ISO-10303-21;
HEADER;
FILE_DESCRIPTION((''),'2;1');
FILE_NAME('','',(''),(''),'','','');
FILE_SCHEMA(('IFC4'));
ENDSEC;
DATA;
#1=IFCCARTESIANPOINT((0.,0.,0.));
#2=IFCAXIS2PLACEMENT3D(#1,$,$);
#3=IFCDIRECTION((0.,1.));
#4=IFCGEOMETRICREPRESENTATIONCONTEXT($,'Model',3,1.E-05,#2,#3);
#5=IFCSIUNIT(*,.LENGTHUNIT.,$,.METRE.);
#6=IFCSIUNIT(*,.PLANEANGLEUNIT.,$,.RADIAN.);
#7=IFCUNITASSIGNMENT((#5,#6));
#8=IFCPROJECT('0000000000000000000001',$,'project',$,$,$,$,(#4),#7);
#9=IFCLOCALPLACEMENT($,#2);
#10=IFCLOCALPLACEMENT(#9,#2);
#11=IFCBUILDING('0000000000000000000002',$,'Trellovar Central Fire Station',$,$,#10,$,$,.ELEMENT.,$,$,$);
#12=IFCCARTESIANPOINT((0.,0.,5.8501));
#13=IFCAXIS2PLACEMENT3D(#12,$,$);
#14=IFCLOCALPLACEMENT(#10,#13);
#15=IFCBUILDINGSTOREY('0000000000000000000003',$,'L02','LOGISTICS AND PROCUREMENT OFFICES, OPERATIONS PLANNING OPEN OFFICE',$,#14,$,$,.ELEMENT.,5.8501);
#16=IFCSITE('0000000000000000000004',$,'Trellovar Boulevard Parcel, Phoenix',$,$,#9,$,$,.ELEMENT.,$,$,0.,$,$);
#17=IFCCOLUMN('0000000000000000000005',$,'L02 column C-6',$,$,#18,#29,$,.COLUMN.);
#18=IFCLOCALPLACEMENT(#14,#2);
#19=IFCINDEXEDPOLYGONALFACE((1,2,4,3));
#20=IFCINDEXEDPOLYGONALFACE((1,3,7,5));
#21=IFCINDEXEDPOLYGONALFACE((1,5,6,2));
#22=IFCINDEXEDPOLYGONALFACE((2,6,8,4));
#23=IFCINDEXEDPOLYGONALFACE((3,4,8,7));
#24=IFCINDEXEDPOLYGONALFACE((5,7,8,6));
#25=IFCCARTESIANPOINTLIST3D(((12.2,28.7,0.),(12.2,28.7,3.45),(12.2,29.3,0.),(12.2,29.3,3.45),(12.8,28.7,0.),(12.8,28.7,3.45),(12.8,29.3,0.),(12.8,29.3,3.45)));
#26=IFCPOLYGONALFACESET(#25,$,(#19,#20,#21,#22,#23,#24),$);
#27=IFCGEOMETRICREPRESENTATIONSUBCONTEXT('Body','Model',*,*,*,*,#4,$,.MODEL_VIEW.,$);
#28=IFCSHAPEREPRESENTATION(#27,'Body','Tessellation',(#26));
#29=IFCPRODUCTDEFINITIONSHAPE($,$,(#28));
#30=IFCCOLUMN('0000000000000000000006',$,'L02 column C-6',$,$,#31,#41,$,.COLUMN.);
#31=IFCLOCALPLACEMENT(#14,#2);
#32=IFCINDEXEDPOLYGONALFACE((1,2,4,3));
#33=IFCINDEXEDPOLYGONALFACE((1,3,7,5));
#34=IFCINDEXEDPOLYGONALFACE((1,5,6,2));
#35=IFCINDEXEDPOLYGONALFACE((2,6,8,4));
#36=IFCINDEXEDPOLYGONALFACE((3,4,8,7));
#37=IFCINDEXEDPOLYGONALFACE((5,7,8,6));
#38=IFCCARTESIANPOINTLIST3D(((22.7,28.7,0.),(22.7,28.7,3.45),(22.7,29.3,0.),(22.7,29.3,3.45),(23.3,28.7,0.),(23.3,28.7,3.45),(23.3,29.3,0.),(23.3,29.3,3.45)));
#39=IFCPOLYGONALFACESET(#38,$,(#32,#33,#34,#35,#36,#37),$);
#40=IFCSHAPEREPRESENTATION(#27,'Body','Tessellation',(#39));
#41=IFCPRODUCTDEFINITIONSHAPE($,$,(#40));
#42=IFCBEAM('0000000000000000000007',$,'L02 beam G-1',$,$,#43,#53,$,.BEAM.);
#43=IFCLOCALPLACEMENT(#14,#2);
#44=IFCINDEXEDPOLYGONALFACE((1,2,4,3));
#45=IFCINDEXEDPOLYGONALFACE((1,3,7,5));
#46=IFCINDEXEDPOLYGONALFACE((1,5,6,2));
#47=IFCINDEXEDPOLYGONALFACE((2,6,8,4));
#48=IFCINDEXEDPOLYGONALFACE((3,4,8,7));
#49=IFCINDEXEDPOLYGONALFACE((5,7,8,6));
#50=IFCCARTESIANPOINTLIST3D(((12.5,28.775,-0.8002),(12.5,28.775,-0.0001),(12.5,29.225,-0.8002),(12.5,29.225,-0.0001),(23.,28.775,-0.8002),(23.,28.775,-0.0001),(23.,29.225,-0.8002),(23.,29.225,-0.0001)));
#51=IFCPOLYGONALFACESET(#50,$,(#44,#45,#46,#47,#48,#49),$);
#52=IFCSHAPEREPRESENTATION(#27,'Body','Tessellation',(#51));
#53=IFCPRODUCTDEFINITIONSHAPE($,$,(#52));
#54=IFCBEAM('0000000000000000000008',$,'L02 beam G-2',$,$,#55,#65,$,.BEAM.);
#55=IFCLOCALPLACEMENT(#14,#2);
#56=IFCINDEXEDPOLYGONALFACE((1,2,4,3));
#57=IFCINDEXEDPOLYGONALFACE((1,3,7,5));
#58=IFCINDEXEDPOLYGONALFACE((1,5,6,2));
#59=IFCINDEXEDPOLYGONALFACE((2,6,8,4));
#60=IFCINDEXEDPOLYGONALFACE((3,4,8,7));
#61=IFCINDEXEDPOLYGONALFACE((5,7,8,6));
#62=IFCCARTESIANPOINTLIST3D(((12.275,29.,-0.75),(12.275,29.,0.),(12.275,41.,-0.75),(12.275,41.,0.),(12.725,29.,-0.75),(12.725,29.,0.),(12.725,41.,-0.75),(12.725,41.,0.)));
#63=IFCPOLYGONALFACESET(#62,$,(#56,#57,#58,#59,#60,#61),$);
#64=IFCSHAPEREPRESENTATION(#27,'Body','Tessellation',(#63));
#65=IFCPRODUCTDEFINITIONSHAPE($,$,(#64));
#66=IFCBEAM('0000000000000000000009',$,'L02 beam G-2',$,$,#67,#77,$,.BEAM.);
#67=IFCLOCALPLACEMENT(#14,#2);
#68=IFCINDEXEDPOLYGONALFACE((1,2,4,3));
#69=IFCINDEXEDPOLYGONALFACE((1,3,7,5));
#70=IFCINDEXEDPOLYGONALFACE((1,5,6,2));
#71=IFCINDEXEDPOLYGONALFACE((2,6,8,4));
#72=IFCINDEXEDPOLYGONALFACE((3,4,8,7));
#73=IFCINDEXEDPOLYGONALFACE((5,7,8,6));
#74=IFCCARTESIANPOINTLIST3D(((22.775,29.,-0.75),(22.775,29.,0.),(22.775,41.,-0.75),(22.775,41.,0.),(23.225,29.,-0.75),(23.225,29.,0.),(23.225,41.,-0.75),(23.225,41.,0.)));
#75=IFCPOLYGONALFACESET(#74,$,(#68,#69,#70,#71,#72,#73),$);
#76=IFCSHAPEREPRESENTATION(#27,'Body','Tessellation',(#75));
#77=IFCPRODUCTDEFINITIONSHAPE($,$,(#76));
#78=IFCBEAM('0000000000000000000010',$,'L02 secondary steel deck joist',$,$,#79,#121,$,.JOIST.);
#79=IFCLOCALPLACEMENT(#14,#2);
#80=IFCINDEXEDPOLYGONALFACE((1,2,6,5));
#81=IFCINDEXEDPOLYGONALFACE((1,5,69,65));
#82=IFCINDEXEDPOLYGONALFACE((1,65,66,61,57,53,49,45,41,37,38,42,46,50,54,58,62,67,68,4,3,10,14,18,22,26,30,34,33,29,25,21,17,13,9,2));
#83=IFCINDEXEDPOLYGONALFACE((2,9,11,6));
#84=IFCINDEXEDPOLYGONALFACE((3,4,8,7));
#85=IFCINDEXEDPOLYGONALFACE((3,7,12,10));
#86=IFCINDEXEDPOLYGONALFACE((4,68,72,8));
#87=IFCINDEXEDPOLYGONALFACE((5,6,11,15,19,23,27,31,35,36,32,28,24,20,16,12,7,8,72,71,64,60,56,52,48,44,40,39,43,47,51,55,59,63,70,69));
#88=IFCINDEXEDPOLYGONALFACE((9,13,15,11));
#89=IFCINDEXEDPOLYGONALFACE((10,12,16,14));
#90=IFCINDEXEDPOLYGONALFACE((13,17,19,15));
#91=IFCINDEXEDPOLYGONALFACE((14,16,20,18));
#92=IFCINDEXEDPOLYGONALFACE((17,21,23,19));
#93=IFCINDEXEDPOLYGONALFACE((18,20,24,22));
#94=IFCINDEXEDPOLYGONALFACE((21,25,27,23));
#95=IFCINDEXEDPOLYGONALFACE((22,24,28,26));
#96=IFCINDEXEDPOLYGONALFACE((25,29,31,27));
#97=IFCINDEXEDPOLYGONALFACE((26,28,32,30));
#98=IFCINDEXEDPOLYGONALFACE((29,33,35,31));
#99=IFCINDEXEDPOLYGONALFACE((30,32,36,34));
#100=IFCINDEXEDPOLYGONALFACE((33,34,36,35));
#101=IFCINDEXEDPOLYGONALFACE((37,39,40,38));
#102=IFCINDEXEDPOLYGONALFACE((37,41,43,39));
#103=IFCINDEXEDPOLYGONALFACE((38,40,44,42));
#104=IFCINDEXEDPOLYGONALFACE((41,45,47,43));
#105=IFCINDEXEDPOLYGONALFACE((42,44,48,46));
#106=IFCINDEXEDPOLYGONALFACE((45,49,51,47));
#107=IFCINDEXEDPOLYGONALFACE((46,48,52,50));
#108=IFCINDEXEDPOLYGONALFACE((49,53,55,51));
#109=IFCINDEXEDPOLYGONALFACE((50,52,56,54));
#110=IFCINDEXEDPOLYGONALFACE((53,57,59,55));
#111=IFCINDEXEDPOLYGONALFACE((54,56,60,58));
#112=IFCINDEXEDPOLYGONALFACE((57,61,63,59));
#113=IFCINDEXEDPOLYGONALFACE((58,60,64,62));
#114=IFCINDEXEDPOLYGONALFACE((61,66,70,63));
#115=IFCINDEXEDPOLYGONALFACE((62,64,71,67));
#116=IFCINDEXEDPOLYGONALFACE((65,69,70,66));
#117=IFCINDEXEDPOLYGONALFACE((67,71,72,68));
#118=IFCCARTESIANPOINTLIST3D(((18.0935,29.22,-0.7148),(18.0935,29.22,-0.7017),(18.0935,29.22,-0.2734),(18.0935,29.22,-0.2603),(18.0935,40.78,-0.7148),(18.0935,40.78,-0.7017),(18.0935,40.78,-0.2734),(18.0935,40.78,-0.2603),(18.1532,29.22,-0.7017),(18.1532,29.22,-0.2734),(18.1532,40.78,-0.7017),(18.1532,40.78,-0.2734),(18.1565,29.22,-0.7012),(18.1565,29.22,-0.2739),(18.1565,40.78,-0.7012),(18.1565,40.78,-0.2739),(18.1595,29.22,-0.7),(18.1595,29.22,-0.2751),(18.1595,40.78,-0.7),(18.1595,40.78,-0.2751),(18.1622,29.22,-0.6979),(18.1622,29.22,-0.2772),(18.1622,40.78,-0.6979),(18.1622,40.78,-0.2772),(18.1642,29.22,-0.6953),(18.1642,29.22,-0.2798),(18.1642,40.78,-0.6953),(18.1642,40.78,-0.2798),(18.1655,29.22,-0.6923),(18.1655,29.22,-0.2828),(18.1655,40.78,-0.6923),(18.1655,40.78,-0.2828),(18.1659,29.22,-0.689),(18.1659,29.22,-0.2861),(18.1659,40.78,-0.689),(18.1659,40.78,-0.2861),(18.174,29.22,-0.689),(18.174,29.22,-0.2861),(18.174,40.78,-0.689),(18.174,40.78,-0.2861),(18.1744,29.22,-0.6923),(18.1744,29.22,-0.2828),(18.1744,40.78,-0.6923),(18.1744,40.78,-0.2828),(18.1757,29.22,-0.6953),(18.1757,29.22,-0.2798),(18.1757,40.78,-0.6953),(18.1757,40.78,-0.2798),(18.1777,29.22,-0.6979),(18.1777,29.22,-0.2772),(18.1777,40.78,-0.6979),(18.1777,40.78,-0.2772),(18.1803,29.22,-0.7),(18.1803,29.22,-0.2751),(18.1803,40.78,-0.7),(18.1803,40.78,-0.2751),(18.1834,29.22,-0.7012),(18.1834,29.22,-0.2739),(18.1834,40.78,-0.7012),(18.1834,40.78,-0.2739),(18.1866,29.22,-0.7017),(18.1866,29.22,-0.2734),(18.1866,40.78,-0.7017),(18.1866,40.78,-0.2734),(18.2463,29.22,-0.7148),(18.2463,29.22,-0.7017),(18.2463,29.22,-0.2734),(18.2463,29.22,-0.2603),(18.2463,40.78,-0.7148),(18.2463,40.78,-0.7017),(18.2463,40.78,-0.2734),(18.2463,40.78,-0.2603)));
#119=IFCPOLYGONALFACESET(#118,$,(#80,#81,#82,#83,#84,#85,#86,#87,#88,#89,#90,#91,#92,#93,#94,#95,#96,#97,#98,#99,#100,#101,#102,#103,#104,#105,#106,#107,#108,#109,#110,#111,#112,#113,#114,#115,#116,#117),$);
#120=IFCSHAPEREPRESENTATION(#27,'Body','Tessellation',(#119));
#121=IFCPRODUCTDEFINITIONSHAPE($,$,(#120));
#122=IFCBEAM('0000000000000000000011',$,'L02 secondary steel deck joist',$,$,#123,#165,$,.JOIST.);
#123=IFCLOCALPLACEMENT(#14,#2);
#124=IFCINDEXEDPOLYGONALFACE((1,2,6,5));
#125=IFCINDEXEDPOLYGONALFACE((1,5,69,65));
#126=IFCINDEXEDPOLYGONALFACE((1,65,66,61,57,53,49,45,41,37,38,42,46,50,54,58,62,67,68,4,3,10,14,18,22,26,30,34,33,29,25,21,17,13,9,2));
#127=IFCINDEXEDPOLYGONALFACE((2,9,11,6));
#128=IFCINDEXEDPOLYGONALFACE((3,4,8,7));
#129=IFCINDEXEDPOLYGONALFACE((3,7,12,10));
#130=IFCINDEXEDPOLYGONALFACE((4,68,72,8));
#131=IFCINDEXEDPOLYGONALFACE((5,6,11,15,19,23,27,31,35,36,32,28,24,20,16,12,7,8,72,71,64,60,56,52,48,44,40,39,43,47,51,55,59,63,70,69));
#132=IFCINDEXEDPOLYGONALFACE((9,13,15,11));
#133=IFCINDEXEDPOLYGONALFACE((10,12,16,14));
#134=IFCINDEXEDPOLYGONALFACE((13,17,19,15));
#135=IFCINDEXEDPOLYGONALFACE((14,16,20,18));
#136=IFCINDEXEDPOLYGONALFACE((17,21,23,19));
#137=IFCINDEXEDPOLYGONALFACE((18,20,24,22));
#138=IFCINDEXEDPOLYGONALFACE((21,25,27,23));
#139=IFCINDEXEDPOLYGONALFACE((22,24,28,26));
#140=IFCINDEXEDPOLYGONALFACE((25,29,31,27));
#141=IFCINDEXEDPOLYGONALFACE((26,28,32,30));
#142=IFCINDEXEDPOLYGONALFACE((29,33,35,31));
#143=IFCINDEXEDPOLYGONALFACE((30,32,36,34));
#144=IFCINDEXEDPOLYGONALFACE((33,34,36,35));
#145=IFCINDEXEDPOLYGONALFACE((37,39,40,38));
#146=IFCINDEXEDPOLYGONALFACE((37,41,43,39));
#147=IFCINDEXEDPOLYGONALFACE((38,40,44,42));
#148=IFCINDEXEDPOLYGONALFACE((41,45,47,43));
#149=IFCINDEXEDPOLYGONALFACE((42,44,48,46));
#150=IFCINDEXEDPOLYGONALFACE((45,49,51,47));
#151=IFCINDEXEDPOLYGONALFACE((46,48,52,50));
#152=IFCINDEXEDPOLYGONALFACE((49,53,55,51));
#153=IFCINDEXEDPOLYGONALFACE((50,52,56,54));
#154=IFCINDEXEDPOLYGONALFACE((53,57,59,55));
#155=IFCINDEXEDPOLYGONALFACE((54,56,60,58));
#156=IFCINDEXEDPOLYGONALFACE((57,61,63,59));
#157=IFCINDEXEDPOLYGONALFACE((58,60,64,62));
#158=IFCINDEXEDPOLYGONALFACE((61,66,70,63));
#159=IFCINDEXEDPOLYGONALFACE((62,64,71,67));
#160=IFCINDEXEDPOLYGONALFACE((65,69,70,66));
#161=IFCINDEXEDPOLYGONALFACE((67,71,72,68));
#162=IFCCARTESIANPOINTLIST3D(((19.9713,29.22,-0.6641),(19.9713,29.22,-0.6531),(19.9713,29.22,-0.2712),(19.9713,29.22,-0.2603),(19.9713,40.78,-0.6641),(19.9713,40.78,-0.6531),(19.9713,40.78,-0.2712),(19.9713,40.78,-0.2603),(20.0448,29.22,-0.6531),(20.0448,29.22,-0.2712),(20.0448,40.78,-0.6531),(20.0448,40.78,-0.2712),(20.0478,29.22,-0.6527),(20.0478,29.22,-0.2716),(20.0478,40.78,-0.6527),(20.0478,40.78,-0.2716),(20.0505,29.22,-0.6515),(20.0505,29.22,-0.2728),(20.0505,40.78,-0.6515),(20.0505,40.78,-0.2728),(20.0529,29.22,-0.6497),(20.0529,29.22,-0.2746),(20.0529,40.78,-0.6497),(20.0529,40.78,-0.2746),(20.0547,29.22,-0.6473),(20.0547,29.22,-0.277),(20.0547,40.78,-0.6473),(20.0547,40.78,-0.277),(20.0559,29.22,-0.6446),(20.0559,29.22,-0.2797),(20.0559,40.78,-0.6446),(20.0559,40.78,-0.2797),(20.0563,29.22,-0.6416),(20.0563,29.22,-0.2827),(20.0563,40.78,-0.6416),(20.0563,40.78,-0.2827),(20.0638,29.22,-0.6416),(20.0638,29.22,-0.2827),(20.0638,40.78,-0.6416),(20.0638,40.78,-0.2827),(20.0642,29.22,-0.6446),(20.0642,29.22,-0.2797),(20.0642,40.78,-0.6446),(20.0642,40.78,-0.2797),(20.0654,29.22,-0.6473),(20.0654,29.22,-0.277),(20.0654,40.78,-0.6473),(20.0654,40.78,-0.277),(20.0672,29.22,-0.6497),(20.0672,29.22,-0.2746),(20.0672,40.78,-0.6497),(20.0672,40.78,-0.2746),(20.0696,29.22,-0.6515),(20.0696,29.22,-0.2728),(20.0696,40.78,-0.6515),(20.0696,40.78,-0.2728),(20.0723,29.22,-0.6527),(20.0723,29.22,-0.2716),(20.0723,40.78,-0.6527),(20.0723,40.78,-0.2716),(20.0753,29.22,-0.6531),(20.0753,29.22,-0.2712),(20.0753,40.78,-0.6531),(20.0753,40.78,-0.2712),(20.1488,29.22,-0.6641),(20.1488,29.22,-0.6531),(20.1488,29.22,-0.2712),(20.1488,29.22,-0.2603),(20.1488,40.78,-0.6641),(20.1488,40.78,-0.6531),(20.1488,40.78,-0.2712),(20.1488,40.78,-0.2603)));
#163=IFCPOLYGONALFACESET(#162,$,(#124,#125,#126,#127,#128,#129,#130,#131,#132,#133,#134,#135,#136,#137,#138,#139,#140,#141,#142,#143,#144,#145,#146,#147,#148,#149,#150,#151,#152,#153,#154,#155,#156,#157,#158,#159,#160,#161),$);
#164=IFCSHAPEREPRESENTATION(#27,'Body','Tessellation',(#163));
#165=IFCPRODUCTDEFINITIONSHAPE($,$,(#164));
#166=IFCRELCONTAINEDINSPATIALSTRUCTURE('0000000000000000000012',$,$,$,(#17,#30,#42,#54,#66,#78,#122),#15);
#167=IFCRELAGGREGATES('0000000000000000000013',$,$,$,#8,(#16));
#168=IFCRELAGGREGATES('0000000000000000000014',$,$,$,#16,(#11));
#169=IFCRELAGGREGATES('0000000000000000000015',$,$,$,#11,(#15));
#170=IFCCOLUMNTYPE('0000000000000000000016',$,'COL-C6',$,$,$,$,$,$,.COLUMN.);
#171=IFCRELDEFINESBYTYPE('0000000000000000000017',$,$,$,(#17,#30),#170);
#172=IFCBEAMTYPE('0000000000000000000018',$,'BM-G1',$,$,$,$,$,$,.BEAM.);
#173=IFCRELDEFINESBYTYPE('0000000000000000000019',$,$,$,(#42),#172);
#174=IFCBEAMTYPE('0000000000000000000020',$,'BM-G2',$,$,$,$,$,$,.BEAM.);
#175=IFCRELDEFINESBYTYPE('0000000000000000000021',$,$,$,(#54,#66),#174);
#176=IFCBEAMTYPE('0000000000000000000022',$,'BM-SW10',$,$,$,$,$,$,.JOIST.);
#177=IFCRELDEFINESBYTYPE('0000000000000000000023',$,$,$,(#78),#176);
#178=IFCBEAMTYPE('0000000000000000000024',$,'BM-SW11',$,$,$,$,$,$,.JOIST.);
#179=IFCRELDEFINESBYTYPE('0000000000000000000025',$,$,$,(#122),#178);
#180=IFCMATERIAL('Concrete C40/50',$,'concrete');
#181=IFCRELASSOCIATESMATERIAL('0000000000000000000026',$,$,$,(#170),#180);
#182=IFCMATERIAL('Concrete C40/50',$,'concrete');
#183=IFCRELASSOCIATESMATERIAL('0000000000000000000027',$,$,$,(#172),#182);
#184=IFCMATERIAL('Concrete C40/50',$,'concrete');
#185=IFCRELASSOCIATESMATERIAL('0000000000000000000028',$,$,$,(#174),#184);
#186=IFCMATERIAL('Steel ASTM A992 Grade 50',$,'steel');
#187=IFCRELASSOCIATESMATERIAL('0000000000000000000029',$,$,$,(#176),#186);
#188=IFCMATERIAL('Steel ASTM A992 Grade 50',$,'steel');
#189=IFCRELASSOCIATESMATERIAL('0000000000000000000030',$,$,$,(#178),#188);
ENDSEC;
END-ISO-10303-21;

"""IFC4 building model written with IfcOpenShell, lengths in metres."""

from ifc_helpers import new_model, si_unit, direction, frame, origin, origin_2d, place, context, subcontext, project, spatial, rectangle, i_section, extrude, material, material_profile, profile_set, type_object, element, save


model = new_model("IFC4")

# Units and contexts
model_context = context("Model", 3, precision=1e-05, world=origin(), true_north=direction((0.0, 1.0)))
body_context = subcontext(model_context, "Body", "Model", "MODEL_VIEW")
ifc_project = project(units=[si_unit("LENGTHUNIT", "METRE"), si_unit("PLANEANGLEUNIT", "RADIAN")], contexts=[model_context])

# Site, building, storey
site_placement = place(None, origin())
site = spatial("IfcSite", under=ifc_project, at=site_placement, Name="Trellovar Boulevard Parcel, Phoenix", CompositionType="ELEMENT", RefElevation=0.0)
building_placement = place(site_placement, origin())
building = spatial("IfcBuilding", under=site, at=building_placement, Name="Trellovar Central Fire Station", CompositionType="ELEMENT")
storey_placement = place(building_placement, frame((0.0, 0.0, 5.8501)))
storey = spatial("IfcBuildingStorey", under=building, at=storey_placement, Name="L02", Description="LOGISTICS AND PROCUREMENT OFFICES, OPERATIONS PLANNING OPEN OFFICE", CompositionType="ELEMENT", Elevation=5.8501)

# Columns
ifc_material_1 = material(Name="Concrete C40/50", Category="concrete")
ifc_material_profile_1 = material_profile(ifc_material_1, rectangle(XDim=0.6001, YDim=0.6001, at=origin_2d()), Name="RC600X600")
ifc_profile_set_1 = profile_set([ifc_material_profile_1], Name="Concrete C40/50")
column_type = type_object("IfcColumnType", Name="COL-C6", PredefinedType="COLUMN", material=ifc_profile_set_1)
for number, where, z_axis, x_axis, name in (
    (1, (12.5, 29.0, 0.0), (0.0, 0.0, 1.0), (1.0, 0.0, 0.0), "L02 column C-6"),
    (2, (23.0, 29.0, 0.0), (0.0, 0.0, 1.0), (1.0, 0.0, 0.0), "L02 column C-6"),
):
    element("IfcColumn", number, at=place(storey_placement, frame(where, z_axis=z_axis, x_axis=x_axis)), inside=storey, type_object=column_type, Name=name, PredefinedType="COLUMN", context=body_context, shape_type="SweptSolid", body=[
        extrude(rectangle(XDim=0.6001, YDim=0.6001, at=origin_2d()), origin(), (0.0, 0.0, 1.0), 3.45),
    ])

# Beams
ifc_material_2 = material(Name="Concrete C40/50", Category="concrete")
ifc_material_profile_2 = material_profile(ifc_material_2, rectangle(XDim=0.45, YDim=0.8, at=origin_2d()), Name="RC450X800")
ifc_profile_set_2 = profile_set([ifc_material_profile_2], Name="Concrete C40/50")
beam_type_1 = type_object("IfcBeamType", Name="BM-G1", PredefinedType="BEAM", material=ifc_profile_set_2)
beam_1_placement = place(storey_placement, frame((12.5, 29.0, -0.4001), z_axis=(1.0, 0.0, 0.0), x_axis=(0.0, 1.0, 0.0)))
element("IfcBeam", 3, at=beam_1_placement, inside=storey, type_object=beam_type_1, Name="L02 beam G-1", PredefinedType="BEAM", context=body_context, shape_type="SweptSolid", body=[
    extrude(rectangle(XDim=0.45, YDim=0.8, at=origin_2d()), origin(), (0.0, 0.0, 1.0), 10.5),
])
ifc_material_3 = material(Name="Concrete C40/50", Category="concrete")
ifc_material_profile_3 = material_profile(ifc_material_3, rectangle(XDim=0.45, YDim=0.75, at=origin_2d()), Name="RC450X750")
ifc_profile_set_3 = profile_set([ifc_material_profile_3], Name="Concrete C40/50")
beam_type_2 = type_object("IfcBeamType", Name="BM-G2", PredefinedType="BEAM", material=ifc_profile_set_3)
for number, where, z_axis, x_axis, name in (
    (4, (12.5, 29.0, -0.375), (0.0, 1.0, 0.0), (-1.0, 0.0, 0.0), "L02 beam G-2"),
    (5, (23.0, 29.0, -0.375), (0.0, 1.0, 0.0), (-1.0, 0.0, 0.0), "L02 beam G-2"),
):
    element("IfcBeam", number, at=place(storey_placement, frame(where, z_axis=z_axis, x_axis=x_axis)), inside=storey, type_object=beam_type_2, Name=name, PredefinedType="BEAM", context=body_context, shape_type="SweptSolid", body=[
        extrude(rectangle(XDim=0.45, YDim=0.75, at=origin_2d()), origin(), (0.0, 0.0, 1.0), 12.0),
    ])
ifc_material_4 = material(Name="Steel ASTM A992 Grade 50", Category="steel")
ifc_material_profile_4 = material_profile(ifc_material_4, i_section(OverallWidth=0.1528, OverallDepth=0.4546, WebThickness=0.0081, FlangeThickness=0.0132, FilletRadius=0.0127, at=origin_2d()), Name="W18X40")
ifc_profile_set_4 = profile_set([ifc_material_profile_4], Name="Steel ASTM A992 Grade 50")
beam_type_3 = type_object("IfcBeamType", Name="BM-SW10", PredefinedType="JOIST", material=ifc_profile_set_4)
beam_2_placement = place(storey_placement, frame((18.1699, 29.22, -0.4875), z_axis=(0.0, 1.0, 0.0), x_axis=(-1.0, 0.0, 0.0)))
element("IfcBeam", 6, at=beam_2_placement, inside=storey, type_object=beam_type_3, Name="L02 secondary steel deck joist", PredefinedType="JOIST", context=body_context, shape_type="SweptSolid", body=[
    extrude(i_section(OverallWidth=0.1528, OverallDepth=0.4546, WebThickness=0.0081, FlangeThickness=0.0132, FilletRadius=0.0127, at=origin_2d()), origin(), (0.0, 0.0, 1.0), 11.5601),
])
ifc_material_5 = material(Name="Steel ASTM A992 Grade 50", Category="steel")
ifc_material_profile_5 = material_profile(ifc_material_5, i_section(OverallWidth=0.1775, OverallDepth=0.4038, WebThickness=0.0076, FlangeThickness=0.011, FilletRadius=0.0115, at=origin_2d()), Name="W16X36")
ifc_profile_set_5 = profile_set([ifc_material_profile_5], Name="Steel ASTM A992 Grade 50")
beam_type_4 = type_object("IfcBeamType", Name="BM-SW11", PredefinedType="JOIST", material=ifc_profile_set_5)
beam_3_placement = place(storey_placement, frame((20.0601, 29.22, -0.4622), z_axis=(0.0, 1.0, 0.0), x_axis=(-1.0, 0.0, 0.0)))
element("IfcBeam", 7, at=beam_3_placement, inside=storey, type_object=beam_type_4, Name="L02 secondary steel deck joist", PredefinedType="JOIST", context=body_context, shape_type="SweptSolid", body=[
    extrude(i_section(OverallWidth=0.1775, OverallDepth=0.4038, WebThickness=0.0076, FlangeThickness=0.011, FilletRadius=0.0115, at=origin_2d()), origin(), (0.0, 0.0, 1.0), 11.5601),
])

save(model, "model.ifc")
